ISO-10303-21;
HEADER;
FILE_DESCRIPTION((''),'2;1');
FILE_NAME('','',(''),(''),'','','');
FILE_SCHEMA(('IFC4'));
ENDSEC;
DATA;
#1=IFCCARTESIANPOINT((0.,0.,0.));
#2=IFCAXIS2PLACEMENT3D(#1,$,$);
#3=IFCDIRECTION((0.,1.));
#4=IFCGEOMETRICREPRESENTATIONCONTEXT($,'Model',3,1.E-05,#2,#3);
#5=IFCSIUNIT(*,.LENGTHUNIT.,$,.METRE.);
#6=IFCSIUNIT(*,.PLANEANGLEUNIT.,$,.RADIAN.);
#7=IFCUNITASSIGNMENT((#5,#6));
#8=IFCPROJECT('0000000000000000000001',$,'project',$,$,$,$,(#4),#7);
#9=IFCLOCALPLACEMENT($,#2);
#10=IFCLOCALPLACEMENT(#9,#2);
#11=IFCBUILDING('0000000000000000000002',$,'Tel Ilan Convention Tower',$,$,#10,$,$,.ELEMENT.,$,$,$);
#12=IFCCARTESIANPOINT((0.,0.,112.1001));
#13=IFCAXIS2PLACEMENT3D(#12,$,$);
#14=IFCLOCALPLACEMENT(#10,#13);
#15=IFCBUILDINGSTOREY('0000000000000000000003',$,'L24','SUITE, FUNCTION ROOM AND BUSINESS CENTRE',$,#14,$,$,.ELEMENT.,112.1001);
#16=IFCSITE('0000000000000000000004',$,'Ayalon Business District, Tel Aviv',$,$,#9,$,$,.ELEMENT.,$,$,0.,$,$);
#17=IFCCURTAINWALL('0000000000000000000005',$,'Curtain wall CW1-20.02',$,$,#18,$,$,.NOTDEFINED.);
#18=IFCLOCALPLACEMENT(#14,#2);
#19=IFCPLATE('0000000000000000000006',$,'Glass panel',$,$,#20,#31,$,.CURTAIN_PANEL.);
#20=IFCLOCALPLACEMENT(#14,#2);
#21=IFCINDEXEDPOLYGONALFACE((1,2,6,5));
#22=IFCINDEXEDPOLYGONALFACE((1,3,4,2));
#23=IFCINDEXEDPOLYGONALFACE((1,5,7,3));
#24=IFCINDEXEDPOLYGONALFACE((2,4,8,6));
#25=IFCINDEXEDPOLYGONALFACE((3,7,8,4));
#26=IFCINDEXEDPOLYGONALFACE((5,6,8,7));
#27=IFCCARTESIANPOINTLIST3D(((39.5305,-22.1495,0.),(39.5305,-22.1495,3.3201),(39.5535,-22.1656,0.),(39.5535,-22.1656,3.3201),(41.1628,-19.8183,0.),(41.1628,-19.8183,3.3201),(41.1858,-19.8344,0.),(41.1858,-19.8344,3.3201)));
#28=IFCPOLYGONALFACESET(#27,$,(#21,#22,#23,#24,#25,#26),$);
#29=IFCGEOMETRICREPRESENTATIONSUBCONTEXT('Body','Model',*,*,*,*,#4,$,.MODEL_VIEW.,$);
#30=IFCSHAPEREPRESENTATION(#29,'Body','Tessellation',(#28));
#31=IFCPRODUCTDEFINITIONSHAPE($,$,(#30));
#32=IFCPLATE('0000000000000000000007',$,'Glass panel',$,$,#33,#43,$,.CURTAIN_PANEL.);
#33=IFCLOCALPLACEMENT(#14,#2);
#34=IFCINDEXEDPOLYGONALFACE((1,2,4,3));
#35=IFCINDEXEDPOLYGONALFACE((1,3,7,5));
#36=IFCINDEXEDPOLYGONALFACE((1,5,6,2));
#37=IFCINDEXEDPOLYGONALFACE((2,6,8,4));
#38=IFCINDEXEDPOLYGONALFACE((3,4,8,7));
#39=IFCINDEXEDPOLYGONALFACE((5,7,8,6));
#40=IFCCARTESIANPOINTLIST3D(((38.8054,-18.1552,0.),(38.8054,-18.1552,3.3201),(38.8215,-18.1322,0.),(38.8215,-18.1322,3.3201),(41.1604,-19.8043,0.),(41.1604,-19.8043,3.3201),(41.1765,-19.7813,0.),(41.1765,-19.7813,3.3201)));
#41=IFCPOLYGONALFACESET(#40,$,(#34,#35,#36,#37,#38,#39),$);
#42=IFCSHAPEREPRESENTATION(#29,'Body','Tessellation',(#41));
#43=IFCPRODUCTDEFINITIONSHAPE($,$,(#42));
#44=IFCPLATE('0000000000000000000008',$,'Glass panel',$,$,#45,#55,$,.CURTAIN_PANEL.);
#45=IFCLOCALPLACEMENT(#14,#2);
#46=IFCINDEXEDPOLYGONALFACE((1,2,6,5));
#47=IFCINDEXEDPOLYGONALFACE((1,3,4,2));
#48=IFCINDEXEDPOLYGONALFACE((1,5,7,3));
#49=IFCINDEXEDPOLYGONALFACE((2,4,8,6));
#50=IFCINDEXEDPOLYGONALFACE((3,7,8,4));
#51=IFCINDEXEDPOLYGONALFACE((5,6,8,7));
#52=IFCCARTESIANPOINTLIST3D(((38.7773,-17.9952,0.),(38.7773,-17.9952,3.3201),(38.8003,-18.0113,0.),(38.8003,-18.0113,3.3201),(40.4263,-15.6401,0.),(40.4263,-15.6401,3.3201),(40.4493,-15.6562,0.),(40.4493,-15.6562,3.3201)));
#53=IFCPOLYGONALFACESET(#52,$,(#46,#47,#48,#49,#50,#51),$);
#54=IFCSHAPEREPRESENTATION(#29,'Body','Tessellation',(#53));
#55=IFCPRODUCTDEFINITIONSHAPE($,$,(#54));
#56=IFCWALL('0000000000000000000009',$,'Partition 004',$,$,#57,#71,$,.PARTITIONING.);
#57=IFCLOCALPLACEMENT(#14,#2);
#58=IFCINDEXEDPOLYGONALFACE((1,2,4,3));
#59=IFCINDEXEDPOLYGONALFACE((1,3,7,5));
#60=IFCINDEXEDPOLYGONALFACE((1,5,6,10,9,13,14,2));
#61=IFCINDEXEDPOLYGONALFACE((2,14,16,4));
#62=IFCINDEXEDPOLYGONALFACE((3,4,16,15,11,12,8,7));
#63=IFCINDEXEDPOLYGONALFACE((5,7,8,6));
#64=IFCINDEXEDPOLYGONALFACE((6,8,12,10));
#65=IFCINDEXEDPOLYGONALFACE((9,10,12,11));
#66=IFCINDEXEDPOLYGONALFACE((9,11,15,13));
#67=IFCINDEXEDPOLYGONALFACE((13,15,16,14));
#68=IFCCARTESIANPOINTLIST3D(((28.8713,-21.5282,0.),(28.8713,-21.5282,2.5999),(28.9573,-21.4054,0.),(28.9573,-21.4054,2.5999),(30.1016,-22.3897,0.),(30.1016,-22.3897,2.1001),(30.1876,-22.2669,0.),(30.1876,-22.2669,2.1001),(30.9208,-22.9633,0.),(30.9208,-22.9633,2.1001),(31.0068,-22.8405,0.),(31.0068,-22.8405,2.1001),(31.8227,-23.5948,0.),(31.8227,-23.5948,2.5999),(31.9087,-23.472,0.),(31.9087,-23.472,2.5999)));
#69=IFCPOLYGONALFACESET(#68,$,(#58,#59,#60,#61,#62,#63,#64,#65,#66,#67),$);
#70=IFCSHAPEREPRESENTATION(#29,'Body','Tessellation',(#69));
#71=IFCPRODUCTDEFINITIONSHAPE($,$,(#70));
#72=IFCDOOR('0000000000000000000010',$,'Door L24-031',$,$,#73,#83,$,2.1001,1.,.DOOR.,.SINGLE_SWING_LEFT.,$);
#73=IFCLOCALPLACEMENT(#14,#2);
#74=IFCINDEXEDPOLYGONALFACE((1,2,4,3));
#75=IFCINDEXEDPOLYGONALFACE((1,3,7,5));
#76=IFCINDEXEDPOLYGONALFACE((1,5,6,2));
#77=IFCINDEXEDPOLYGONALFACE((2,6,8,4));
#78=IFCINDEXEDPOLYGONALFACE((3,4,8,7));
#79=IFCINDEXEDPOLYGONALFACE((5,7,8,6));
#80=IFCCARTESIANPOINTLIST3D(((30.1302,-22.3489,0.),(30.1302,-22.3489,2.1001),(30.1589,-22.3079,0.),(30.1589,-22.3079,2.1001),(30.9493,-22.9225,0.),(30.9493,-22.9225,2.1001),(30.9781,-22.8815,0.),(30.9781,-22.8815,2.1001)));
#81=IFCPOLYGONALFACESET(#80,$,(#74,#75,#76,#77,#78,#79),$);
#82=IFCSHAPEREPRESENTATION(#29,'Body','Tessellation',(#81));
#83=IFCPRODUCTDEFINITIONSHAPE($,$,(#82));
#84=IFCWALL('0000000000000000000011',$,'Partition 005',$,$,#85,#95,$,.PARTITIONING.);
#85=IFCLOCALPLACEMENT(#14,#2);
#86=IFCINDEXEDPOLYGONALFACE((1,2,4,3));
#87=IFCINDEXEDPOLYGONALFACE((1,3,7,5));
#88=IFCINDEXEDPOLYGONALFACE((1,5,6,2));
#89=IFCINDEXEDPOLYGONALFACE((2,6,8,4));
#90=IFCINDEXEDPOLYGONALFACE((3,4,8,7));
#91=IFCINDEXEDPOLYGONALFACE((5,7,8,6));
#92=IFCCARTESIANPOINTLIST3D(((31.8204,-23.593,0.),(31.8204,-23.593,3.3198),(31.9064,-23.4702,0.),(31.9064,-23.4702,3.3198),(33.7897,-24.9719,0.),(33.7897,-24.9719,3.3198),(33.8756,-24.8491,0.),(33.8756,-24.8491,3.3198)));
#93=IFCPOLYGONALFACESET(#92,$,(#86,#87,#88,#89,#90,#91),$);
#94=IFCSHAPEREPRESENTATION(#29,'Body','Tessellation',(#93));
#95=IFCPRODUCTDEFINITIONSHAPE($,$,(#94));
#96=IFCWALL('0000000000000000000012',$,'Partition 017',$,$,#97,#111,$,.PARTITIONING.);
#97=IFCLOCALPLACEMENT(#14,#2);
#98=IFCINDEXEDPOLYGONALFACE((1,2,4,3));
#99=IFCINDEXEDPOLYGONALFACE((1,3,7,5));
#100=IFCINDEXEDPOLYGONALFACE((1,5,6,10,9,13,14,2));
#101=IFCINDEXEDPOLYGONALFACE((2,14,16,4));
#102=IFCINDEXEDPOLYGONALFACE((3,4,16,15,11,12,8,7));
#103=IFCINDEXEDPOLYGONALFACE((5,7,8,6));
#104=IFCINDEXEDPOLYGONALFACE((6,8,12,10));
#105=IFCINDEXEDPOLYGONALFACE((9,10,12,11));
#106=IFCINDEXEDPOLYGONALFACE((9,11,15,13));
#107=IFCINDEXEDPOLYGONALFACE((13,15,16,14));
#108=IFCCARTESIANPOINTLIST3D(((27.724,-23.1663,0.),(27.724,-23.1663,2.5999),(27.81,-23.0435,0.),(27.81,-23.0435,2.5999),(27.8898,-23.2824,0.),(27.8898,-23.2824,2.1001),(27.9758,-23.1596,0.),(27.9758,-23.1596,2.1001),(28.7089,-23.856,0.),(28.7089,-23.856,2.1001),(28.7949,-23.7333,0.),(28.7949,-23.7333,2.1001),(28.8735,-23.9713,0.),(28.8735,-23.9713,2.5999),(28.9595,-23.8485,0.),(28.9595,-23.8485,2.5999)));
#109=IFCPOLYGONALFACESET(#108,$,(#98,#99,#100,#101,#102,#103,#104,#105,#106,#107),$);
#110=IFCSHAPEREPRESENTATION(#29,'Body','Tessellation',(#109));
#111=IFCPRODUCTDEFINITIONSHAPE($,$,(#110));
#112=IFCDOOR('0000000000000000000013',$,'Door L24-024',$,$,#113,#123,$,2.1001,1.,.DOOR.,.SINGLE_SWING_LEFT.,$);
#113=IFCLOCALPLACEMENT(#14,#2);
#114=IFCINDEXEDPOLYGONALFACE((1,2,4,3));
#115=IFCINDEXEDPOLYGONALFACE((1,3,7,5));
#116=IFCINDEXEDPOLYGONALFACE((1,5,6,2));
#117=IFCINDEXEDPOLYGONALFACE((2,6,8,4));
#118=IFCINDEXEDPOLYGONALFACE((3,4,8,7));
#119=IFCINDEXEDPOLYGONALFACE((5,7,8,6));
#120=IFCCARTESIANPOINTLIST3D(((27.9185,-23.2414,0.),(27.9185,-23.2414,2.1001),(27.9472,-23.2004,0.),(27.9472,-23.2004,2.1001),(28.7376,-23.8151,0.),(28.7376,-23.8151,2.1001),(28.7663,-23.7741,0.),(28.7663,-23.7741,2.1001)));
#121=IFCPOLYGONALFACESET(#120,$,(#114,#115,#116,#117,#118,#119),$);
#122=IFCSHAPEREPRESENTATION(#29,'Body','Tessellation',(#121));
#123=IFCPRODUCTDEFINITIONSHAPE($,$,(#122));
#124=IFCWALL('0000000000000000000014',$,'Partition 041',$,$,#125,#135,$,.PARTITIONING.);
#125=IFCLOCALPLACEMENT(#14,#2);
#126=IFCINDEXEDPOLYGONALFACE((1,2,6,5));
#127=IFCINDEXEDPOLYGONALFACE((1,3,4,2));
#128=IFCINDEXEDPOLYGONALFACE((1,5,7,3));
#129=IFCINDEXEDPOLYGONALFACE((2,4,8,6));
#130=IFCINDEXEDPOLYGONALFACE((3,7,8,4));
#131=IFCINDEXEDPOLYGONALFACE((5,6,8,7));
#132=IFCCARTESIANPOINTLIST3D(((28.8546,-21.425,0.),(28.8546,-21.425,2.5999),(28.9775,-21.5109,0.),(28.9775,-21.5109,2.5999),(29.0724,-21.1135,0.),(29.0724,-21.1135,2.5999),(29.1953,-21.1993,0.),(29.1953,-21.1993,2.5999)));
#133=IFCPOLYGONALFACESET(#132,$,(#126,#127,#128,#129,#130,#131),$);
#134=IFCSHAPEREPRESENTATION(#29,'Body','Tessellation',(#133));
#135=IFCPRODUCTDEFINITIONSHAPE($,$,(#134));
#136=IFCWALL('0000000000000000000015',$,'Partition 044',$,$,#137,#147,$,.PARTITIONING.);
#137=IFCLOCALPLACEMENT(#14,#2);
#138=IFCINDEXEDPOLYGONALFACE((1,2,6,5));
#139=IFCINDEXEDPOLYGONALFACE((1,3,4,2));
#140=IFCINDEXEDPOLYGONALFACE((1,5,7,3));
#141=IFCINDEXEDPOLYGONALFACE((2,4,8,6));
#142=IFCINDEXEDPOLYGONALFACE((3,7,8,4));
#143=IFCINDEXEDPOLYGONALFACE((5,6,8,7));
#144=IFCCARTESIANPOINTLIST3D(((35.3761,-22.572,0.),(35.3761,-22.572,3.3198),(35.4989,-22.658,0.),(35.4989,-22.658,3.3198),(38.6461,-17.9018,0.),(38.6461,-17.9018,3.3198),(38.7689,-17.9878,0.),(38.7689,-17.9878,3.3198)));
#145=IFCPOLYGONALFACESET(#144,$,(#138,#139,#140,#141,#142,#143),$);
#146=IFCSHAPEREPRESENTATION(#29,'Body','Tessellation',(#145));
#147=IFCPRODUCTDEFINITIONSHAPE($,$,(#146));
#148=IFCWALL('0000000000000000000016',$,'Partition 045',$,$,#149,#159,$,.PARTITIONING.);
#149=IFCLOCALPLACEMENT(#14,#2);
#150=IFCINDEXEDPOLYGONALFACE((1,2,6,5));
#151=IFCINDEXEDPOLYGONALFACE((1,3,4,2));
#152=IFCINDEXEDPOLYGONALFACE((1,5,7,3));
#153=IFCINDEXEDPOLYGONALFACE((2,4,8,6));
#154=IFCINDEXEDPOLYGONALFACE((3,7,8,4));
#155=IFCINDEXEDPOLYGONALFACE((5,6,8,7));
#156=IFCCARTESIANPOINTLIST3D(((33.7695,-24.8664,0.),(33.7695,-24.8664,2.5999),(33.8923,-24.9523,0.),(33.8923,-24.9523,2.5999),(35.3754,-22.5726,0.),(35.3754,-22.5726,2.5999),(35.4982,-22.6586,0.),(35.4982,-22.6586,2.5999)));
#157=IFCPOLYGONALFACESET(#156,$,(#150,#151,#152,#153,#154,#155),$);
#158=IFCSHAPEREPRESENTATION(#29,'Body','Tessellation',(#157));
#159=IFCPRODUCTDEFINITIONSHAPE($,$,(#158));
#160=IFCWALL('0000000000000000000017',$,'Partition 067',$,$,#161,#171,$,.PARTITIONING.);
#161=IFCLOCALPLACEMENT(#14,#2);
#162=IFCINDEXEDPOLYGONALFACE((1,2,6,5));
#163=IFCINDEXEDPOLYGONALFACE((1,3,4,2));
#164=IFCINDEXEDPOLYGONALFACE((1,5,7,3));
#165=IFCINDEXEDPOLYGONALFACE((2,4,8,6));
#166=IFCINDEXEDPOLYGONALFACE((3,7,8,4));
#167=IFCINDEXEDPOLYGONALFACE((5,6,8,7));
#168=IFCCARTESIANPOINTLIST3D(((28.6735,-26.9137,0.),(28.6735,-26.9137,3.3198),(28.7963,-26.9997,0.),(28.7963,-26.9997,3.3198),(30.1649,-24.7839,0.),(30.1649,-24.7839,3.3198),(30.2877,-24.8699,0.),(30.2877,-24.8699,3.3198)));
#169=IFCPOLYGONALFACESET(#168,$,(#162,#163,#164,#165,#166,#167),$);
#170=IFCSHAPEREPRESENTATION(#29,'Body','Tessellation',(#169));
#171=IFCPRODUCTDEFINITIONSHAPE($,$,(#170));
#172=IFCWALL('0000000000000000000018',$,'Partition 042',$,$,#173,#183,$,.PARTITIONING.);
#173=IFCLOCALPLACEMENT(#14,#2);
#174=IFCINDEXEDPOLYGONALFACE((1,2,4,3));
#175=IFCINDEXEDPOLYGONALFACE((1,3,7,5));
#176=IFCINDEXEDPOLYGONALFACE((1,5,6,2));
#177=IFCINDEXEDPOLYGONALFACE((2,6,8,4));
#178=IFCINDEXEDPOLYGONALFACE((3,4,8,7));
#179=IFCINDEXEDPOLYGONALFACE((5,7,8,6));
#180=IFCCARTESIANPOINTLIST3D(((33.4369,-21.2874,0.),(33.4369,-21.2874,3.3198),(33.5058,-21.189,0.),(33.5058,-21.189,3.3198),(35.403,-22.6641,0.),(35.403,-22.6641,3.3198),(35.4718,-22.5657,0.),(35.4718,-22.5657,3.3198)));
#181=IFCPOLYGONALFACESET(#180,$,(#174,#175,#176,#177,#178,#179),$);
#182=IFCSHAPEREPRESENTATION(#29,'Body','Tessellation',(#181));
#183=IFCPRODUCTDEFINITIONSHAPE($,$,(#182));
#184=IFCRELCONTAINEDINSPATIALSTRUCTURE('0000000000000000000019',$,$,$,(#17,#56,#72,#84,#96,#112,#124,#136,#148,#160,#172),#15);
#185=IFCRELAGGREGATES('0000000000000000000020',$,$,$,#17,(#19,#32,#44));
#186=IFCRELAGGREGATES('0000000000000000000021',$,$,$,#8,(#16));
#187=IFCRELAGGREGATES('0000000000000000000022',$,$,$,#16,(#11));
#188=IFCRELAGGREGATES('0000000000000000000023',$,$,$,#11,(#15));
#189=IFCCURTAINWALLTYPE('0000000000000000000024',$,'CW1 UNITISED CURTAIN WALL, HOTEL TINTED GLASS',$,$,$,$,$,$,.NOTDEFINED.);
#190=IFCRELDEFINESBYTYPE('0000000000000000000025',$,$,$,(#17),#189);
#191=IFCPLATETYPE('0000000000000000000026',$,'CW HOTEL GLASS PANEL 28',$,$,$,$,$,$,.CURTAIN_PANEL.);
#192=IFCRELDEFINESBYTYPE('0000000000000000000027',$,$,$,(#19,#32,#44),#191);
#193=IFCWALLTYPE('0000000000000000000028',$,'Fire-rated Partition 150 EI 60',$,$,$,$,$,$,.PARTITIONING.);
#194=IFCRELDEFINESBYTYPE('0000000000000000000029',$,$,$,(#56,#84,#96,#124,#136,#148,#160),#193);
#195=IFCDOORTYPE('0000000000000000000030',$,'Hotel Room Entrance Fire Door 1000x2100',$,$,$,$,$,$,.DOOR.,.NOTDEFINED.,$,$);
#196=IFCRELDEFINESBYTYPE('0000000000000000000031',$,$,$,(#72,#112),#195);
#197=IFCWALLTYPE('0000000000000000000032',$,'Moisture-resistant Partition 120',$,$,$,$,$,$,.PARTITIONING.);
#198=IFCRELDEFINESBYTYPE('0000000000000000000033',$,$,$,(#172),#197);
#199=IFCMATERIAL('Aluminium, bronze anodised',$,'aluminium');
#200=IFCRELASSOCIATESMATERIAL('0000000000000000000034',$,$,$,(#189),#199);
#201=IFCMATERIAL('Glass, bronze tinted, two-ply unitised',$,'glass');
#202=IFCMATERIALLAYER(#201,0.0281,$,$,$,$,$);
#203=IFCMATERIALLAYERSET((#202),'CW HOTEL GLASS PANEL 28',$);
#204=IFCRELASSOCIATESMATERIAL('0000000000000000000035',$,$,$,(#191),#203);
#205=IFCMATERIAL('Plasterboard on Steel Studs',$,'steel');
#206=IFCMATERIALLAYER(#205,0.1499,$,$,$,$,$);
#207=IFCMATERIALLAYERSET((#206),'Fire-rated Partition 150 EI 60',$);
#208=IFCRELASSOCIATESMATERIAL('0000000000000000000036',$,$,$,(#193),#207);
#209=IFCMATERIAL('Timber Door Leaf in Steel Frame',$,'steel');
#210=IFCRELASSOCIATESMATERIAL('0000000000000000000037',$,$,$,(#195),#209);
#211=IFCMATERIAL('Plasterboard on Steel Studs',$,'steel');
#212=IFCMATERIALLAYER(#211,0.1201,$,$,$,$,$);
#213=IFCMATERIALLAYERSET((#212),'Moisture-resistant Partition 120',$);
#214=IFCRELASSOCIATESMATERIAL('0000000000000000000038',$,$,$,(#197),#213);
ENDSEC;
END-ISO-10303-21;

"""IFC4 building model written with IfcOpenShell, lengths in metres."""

from ifc_helpers import new_model, si_unit, direction, frame, frame_2d, origin, origin_2d, place, context, subcontext, project, spatial, rectangle, extrude, material, layer, layer_set, type_object, element, fill, aggregate, save


model = new_model("IFC4")

# Units and contexts
model_context = context("Model", 3, precision=1e-05, world=origin(), true_north=direction((0.0, 1.0)))
body_context = subcontext(model_context, "Body", "Model", "MODEL_VIEW")
ifc_project = project(units=[si_unit("LENGTHUNIT", "METRE"), si_unit("PLANEANGLEUNIT", "RADIAN")], contexts=[model_context])

# Site, building, storey
site_placement = place(None, origin())
site = spatial("IfcSite", under=ifc_project, at=site_placement, Name="Ayalon Business District, Tel Aviv", CompositionType="ELEMENT", RefElevation=0.0)
building_placement = place(site_placement, origin())
building = spatial("IfcBuilding", under=site, at=building_placement, Name="Tel Ilan Convention Tower", CompositionType="ELEMENT")
storey_placement = place(building_placement, frame((0.0, 0.0, 112.1001)))
storey = spatial("IfcBuildingStorey", under=building, at=storey_placement, Name="L24", Description="SUITE, FUNCTION ROOM AND BUSINESS CENTRE", CompositionType="ELEMENT", Elevation=112.1001)

# Curtain wall, plates
ifc_material_1 = material(Name="Aluminium, bronze anodised", Category="aluminium")
curtain_wall_type = type_object("IfcCurtainWallType", Name="CW1 UNITISED CURTAIN WALL, HOTEL TINTED GLASS", PredefinedType="NOTDEFINED", material=ifc_material_1)
curtain_wall_placement = place(storey_placement, origin())
curtain_wall = element("IfcCurtainWall", 1, at=curtain_wall_placement, inside=storey, type_object=curtain_wall_type, Name="Curtain wall CW1-20.02", PredefinedType="NOTDEFINED")
ifc_material_2 = material(Name="Glass, bronze tinted, two-ply unitised", Category="glass")
ifc_layer_1 = layer(ifc_material_2, 0.0281)
ifc_layer_set_1 = layer_set([ifc_layer_1], Name="CW HOTEL GLASS PANEL 28")
plate_type = type_object("IfcPlateType", Name="CW HOTEL GLASS PANEL 28", PredefinedType="CURTAIN_PANEL", material=ifc_layer_set_1)
plate_1_placement = place(storey_placement, frame((40.3582, -20.9919, 0.0), z_axis=(0.0, 0.0, 1.0), x_axis=(0.573576, 0.819152, 0.0)))
plate_1 = element("IfcPlate", 2, at=plate_1_placement, type_object=plate_type, Name="Glass panel", PredefinedType="CURTAIN_PANEL", context=body_context, shape_type="SweptSolid", body=[
    extrude(rectangle(XDim=2.8459, YDim=0.0281, at=origin_2d()), origin(), (0.0, 0.0, 1.0), 3.3201),
])
plate_2_placement = place(storey_placement, frame((39.991, -18.9683, 0.0), z_axis=(0.0, 0.0, 1.0), x_axis=(-0.819152, 0.573576, 0.0)))
plate_2 = element("IfcPlate", 3, at=plate_2_placement, type_object=plate_type, Name="Glass panel", PredefinedType="CURTAIN_PANEL", context=body_context, shape_type="SweptSolid", body=[
    extrude(rectangle(XDim=2.875, YDim=0.0281, at=origin_2d()), origin(), (0.0, 0.0, 1.0), 3.3201),
])
plate_3_placement = place(storey_placement, frame((39.6133, -16.8257, 0.0), z_axis=(0.0, 0.0, 1.0), x_axis=(0.573576, 0.819152, 0.0)))
plate_3 = element("IfcPlate", 4, at=plate_3_placement, type_object=plate_type, Name="Glass panel", PredefinedType="CURTAIN_PANEL", context=body_context, shape_type="SweptSolid", body=[
    extrude(rectangle(XDim=2.875, YDim=0.0281, at=origin_2d()), origin(), (0.0, 0.0, 1.0), 3.3201),
])
aggregate(curtain_wall, [plate_1, plate_2, plate_3])

# Wall, opening, door
ifc_material_3 = material(Name="Plasterboard on Steel Studs", Category="steel")
ifc_layer_2 = layer(ifc_material_3, 0.1499)
ifc_layer_set_2 = layer_set([ifc_layer_2], Name="Fire-rated Partition 150 EI 60")
wall_type_1 = type_object("IfcWallType", Name="Fire-rated Partition 150 EI 60", PredefinedType="PARTITIONING", material=ifc_layer_set_2)
wall_1_placement = place(storey_placement, frame((28.9143, -21.4668, 0.0), z_axis=(0.0, 0.0, 1.0), x_axis=(0.819146, -0.573585, 0.0)))
wall_1 = element("IfcWall", 5, at=wall_1_placement, inside=storey, type_object=wall_type_1, Name="Partition 004", PredefinedType="PARTITIONING", context=body_context, shape_type="SweptSolid", body=[
    extrude(rectangle(XDim=3.603, YDim=0.1499, at=frame_2d((1.8015, 0.0))), origin(), (0.0, 0.0, 1.0), 2.5999),
])
opening_1_placement = place(wall_1_placement, frame((1.502, 0.0, 0.0)))
opening_1 = element("IfcOpeningElement", 6, at=opening_1_placement, cuts=wall_1, PredefinedType="OPENING", context=body_context, shape_type="SweptSolid", body=[
    extrude(rectangle(XDim=1.0, YDim=2.1001, at=frame_2d((0.5, 1.05))), frame((0.0, 0.085, 0.0), z_axis=(0.0, -1.0, 0.0), x_axis=(1.0, 0.0, 0.0)), (0.0, 0.0, 1.0), 0.1699),
])
ifc_material_4 = material(Name="Timber Door Leaf in Steel Frame", Category="steel")
door_type_1 = type_object("IfcDoorType", Name="Hotel Room Entrance Fire Door 1000x2100", OperationType="NOTDEFINED", PredefinedType="DOOR", material=ifc_material_4)
door_1_placement = place(opening_1_placement, origin())
door_1 = element("IfcDoor", 7, at=door_1_placement, inside=storey, type_object=door_type_1, Name="Door L24-031", OperationType="SINGLE_SWING_LEFT", OverallHeight=2.1001, OverallWidth=1.0, PredefinedType="DOOR", context=body_context, shape_type="SweptSolid", body=[
    extrude(rectangle(XDim=1.0, YDim=2.1001, at=frame_2d((0.5, 1.05))), frame((0.0, 0.0249, 0.0), z_axis=(0.0, -1.0, 0.0), x_axis=(1.0, 0.0, 0.0)), (0.0, 0.0, 1.0), 0.05),
])
fill(opening_1, door_1)

# Wall
wall_2_placement = place(storey_placement, frame((31.8633, -23.5315, 0.0), z_axis=(0.0, 0.0, 1.0), x_axis=(0.819146, -0.573585, 0.0)))
element("IfcWall", 8, at=wall_2_placement, inside=storey, type_object=wall_type_1, Name="Partition 005", PredefinedType="PARTITIONING", context=body_context, shape_type="SweptSolid", body=[
    extrude(rectangle(XDim=2.4041, YDim=0.1499, at=frame_2d((1.2021, 0.0))), origin(), (0.0, 0.0, 1.0), 3.3198),
])

# Wall, opening, door
wall_3_placement = place(storey_placement, frame((28.9165, -23.9099, 0.0), z_axis=(0.0, 0.0, 1.0), x_axis=(-0.819117, 0.573626, 0.0)))
wall_3 = element("IfcWall", 9, at=wall_3_placement, inside=storey, type_object=wall_type_1, Name="Partition 017", PredefinedType="PARTITIONING", context=body_context, shape_type="SweptSolid", body=[
    extrude(rectangle(XDim=1.4033, YDim=0.1499, at=frame_2d((0.7017, 0.0))), origin(), (0.0, 0.0, 1.0), 2.5999),
])
opening_2_placement = place(wall_3_placement, frame((0.2009, 0.0, 0.0)))
opening_2 = element("IfcOpeningElement", 10, at=opening_2_placement, cuts=wall_3, PredefinedType="OPENING", context=body_context, shape_type="SweptSolid", body=[
    extrude(rectangle(XDim=1.0, YDim=2.1001, at=frame_2d((0.5, 1.05))), frame((0.0, 0.085, 0.0), z_axis=(0.0, -1.0, 0.0), x_axis=(1.0, 0.0, 0.0)), (0.0, 0.0, 1.0), 0.1699),
])
door_2_placement = place(opening_2_placement, origin())
door_2 = element("IfcDoor", 11, at=door_2_placement, inside=storey, type_object=door_type_1, Name="Door L24-024", OperationType="SINGLE_SWING_LEFT", OverallHeight=2.1001, OverallWidth=1.0, PredefinedType="DOOR", context=body_context, shape_type="SweptSolid", body=[
    extrude(rectangle(XDim=1.0, YDim=2.1001, at=frame_2d((0.5, 1.05))), frame((0.0, 0.0249, 0.0), z_axis=(0.0, -1.0, 0.0), x_axis=(1.0, 0.0, 0.0)), (0.0, 0.0, 1.0), 0.05),
])
fill(opening_2, door_2)

# Walls
wall_4_placement = place(storey_placement, frame((29.1338, -21.1565, 0.0), z_axis=(0.0, 0.0, 1.0), x_axis=(-0.572945, -0.819594, 0.0)))
element("IfcWall", 12, at=wall_4_placement, inside=storey, type_object=wall_type_1, Name="Partition 041", PredefinedType="PARTITIONING", context=body_context, shape_type="SweptSolid", body=[
    extrude(rectangle(XDim=0.3801, YDim=0.1499, at=frame_2d((0.1899, 0.0))), origin(), (0.0, 0.0, 1.0), 2.5999),
])
wall_5_placement = place(storey_placement, frame((38.7075, -17.9448, 0.0), z_axis=(0.0, 0.0, 1.0), x_axis=(-0.573569, -0.819157, 0.0)))
element("IfcWall", 13, at=wall_5_placement, inside=storey, type_object=wall_type_1, Name="Partition 044", PredefinedType="PARTITIONING", context=body_context, shape_type="SweptSolid", body=[
    extrude(rectangle(XDim=5.7012, YDim=0.1499, at=frame_2d((2.8506, 0.0))), origin(), (0.0, 0.0, 1.0), 3.3198),
])
wall_6_placement = place(storey_placement, frame((35.4368, -22.6157, 0.0), z_axis=(0.0, 0.0, 1.0), x_axis=(-0.57355, -0.81917, 0.0)))
element("IfcWall", 14, at=wall_6_placement, inside=storey, type_object=wall_type_1, Name="Partition 045", PredefinedType="PARTITIONING", context=body_context, shape_type="SweptSolid", body=[
    extrude(rectangle(XDim=2.8, YDim=0.1499, at=frame_2d((1.3999, 0.0))), origin(), (0.0, 0.0, 1.0), 2.5999),
])
wall_7_placement = place(storey_placement, frame((30.2263, -24.8269, 0.0), z_axis=(0.0, 0.0, 1.0), x_axis=(-0.573601, -0.819135, 0.0)))
element("IfcWall", 15, at=wall_7_placement, inside=storey, type_object=wall_type_1, Name="Partition 067", PredefinedType="PARTITIONING", context=body_context, shape_type="SweptSolid", body=[
    extrude(rectangle(XDim=2.6001, YDim=0.1499, at=frame_2d((1.3, 0.0))), origin(), (0.0, 0.0, 1.0), 3.3198),
])
ifc_material_5 = material(Name="Plasterboard on Steel Studs", Category="steel")
ifc_layer_3 = layer(ifc_material_5, 0.1201)
ifc_layer_set_3 = layer_set([ifc_layer_3], Name="Moisture-resistant Partition 120")
wall_type_2 = type_object("IfcWallType", Name="Moisture-resistant Partition 120", PredefinedType="PARTITIONING", material=ifc_layer_set_3)
wall_8_placement = place(storey_placement, frame((35.4375, -22.615, 0.0), z_axis=(0.0, 0.0, 1.0), x_axis=(-0.819141, 0.573592, 0.0)))
element("IfcWall", 16, at=wall_8_placement, inside=storey, type_object=wall_type_2, Name="Partition 042", PredefinedType="PARTITIONING", context=body_context, shape_type="SweptSolid", body=[
    extrude(rectangle(XDim=2.4001, YDim=0.1201, at=frame_2d((1.2002, 0.0))), origin(), (0.0, 0.0, 1.0), 3.3198),
])

save(model, "model.ifc")
